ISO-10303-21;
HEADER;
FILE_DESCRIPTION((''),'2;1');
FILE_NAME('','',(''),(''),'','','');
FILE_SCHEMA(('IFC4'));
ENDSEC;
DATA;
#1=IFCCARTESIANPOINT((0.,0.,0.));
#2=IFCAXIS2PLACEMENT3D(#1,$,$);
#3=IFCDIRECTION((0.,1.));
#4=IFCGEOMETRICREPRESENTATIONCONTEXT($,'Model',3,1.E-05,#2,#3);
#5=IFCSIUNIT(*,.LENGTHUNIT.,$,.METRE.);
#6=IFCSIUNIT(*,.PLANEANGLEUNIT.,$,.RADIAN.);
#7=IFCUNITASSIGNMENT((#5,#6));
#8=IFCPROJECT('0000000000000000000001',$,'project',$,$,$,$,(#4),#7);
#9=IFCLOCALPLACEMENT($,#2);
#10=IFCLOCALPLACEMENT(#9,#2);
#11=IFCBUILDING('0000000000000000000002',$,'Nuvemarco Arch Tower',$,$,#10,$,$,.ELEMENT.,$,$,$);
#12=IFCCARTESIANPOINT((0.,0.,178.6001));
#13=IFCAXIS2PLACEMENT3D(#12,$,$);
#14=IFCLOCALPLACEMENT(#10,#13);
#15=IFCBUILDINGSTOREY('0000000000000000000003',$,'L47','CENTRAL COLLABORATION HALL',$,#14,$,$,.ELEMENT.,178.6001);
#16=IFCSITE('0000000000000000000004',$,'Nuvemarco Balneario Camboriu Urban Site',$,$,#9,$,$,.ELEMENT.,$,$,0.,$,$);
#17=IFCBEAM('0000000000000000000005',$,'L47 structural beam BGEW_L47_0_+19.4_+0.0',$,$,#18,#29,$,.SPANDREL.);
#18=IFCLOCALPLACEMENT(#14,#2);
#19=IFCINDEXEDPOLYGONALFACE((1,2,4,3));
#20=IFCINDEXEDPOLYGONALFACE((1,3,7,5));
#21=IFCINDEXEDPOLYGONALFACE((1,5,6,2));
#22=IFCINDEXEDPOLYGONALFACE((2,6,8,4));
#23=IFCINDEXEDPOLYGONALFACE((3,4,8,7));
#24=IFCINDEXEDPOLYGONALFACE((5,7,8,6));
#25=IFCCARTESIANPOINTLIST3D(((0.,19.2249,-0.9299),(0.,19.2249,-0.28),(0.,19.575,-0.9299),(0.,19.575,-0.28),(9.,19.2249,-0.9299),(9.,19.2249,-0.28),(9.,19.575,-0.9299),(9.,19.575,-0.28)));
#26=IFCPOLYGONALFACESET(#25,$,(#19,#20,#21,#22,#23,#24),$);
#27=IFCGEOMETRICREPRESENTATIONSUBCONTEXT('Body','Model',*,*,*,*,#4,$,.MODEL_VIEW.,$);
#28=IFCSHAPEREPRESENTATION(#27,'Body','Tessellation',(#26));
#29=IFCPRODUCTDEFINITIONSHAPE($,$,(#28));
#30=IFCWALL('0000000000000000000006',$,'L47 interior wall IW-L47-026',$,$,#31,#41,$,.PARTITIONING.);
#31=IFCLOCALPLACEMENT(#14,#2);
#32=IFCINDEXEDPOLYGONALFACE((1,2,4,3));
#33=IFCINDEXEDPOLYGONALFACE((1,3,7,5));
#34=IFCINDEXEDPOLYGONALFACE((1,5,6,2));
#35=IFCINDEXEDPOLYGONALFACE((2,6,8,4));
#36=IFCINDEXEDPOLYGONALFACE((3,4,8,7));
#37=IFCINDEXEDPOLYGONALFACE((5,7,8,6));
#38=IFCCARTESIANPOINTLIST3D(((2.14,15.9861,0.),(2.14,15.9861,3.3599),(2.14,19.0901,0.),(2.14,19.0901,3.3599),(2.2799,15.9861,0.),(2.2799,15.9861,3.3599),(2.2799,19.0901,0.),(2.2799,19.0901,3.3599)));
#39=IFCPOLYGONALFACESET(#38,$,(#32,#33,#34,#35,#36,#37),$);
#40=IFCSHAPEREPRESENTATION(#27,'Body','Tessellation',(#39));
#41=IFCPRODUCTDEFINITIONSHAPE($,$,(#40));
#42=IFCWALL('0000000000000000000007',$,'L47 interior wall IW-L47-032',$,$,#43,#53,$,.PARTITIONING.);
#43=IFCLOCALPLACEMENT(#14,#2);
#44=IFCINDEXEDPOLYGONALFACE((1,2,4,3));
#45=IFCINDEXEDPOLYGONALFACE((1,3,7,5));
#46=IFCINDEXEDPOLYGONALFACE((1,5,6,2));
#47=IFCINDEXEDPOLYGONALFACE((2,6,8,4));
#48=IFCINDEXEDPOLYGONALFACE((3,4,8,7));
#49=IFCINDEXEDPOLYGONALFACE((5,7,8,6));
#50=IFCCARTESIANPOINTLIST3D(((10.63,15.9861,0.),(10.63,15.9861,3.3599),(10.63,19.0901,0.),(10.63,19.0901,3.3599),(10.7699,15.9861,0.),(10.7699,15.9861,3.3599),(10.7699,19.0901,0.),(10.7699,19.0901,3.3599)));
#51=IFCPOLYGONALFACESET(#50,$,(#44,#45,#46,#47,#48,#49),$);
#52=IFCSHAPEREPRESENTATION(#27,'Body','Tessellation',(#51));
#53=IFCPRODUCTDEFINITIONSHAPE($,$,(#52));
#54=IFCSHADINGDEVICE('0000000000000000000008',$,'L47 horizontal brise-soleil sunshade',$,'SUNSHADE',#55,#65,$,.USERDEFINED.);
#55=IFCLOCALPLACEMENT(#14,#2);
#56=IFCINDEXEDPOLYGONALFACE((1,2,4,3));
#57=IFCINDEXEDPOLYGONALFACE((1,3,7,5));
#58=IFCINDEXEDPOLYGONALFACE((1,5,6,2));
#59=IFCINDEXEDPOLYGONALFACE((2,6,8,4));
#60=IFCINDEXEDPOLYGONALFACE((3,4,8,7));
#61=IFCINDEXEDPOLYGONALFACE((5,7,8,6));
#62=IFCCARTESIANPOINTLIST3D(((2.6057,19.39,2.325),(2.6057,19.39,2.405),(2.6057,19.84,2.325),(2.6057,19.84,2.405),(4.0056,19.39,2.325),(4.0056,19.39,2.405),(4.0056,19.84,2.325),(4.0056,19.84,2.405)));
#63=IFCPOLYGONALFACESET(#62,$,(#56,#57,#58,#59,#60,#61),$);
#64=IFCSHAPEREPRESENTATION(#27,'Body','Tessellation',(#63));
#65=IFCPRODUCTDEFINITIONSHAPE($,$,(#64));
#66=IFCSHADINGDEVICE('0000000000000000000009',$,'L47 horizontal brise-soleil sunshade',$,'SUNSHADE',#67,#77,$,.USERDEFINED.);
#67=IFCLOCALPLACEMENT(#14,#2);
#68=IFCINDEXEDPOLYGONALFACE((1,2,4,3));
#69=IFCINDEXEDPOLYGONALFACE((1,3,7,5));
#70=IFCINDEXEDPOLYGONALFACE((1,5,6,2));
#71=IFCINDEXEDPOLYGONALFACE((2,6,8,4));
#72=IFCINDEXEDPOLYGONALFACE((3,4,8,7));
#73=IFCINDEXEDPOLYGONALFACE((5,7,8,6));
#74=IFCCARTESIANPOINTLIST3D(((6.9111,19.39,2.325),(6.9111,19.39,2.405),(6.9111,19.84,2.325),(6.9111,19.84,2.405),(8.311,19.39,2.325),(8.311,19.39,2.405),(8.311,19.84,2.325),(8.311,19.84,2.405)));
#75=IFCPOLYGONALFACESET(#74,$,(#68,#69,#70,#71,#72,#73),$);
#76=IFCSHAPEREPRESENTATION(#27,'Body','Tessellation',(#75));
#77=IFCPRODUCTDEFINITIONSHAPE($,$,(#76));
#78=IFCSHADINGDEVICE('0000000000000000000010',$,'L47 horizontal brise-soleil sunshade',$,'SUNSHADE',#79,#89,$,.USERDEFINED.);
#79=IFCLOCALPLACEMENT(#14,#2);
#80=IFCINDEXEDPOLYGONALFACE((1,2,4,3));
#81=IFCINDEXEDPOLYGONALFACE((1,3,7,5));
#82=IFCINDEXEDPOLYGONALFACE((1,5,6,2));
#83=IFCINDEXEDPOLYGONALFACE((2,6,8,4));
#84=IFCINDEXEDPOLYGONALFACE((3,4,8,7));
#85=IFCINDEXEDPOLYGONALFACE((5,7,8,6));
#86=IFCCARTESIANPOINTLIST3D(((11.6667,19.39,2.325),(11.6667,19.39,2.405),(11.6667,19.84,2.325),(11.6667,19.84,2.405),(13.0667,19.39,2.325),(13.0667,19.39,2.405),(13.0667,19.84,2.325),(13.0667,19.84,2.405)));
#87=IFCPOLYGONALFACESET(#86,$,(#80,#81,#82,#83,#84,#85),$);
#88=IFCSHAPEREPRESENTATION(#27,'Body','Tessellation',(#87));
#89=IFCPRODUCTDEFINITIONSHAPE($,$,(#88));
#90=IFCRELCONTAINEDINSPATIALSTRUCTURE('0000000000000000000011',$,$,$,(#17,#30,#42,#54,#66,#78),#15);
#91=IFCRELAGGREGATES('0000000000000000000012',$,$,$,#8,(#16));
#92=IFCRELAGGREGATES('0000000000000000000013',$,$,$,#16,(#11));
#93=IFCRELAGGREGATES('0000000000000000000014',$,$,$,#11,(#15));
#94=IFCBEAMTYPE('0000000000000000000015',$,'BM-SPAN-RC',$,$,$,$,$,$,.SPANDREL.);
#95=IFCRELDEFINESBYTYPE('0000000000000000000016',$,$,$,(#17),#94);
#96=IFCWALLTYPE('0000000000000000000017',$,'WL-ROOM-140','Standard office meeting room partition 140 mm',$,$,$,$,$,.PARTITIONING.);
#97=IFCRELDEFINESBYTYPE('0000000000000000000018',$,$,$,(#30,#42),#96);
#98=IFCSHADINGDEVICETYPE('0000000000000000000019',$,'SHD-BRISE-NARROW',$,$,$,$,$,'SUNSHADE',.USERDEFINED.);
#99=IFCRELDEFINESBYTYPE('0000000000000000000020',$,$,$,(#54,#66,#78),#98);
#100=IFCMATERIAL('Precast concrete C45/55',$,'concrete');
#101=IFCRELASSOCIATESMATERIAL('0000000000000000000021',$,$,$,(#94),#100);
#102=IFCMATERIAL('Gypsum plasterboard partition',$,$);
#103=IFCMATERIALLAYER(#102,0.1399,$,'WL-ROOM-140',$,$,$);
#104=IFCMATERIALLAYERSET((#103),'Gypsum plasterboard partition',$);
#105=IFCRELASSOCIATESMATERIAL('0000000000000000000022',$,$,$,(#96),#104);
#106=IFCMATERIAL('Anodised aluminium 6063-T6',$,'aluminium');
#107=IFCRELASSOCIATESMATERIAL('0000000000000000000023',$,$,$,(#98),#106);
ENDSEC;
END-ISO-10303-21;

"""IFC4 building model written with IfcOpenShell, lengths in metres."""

from ifc_helpers import new_model, si_unit, direction, frame, frame_2d, origin, origin_2d, place, context, subcontext, project, spatial, rectangle, extrude, source, transform, mapped, material, layer, layer_set, material_profile, profile_set, type_object, type_shapes, element, save


model = new_model("IFC4")

# Units and contexts
model_context = context("Model", 3, precision=1e-05, world=origin(), true_north=direction((0.0, 1.0)))
body_context = subcontext(model_context, "Body", "Model", "MODEL_VIEW")
ifc_project = project(units=[si_unit("LENGTHUNIT", "METRE"), si_unit("PLANEANGLEUNIT", "RADIAN")], contexts=[model_context])

# Site, building, storey
site_placement = place(None, origin())
site = spatial("IfcSite", under=ifc_project, at=site_placement, Name="Nuvemarco Balneario Camboriu Urban Site", CompositionType="ELEMENT", RefElevation=0.0)
building_placement = place(site_placement, origin())
building = spatial("IfcBuilding", under=site, at=building_placement, Name="Nuvemarco Arch Tower", CompositionType="ELEMENT")
storey_placement = place(building_placement, frame((0.0, 0.0, 178.6001)))
storey = spatial("IfcBuildingStorey", under=building, at=storey_placement, Name="L47", Description="CENTRAL COLLABORATION HALL", CompositionType="ELEMENT", Elevation=178.6001)

# Beam
ifc_material_1 = material(Name="Precast concrete C45/55", Category="concrete")
ifc_material_profile_1 = material_profile(ifc_material_1, rectangle(XDim=0.3501, YDim=0.6499, at=origin_2d()), Name="PC-SP-350x650")
ifc_profile_set_1 = profile_set([ifc_material_profile_1], Name="Precast concrete C45/55")
beam_type_1 = type_object("IfcBeamType", Name="BM-SPAN-RC", PredefinedType="SPANDREL", material=ifc_profile_set_1)
beam_1_placement = place(storey_placement, frame((0.0, 19.3999, -0.605), z_axis=(1.0, 0.0, 0.0), x_axis=(0.0, 1.0, 0.0)))
element("IfcBeam", 1, at=beam_1_placement, inside=storey, type_object=beam_type_1, Name="L47 structural beam BGEW_L47_0_+19.4_+0.0", PredefinedType="SPANDREL", context=body_context, shape_type="SweptSolid", body=[
    extrude(rectangle(XDim=0.3501, YDim=0.6499, at=origin_2d()), origin(), (0.0, 0.0, 1.0), 9.0),
])

# Walls
ifc_material_2 = material(Name="Gypsum plasterboard partition")
ifc_layer = layer(ifc_material_2, 0.1399, Name="WL-ROOM-140")
ifc_layer_set = layer_set([ifc_layer], Name="Gypsum plasterboard partition")
wall_type = type_object("IfcWallType", Name="WL-ROOM-140", Description="Standard office meeting room partition 140 mm", PredefinedType="PARTITIONING", material=ifc_layer_set)
for number, where, z_axis, x_axis, name in (
    (2, (2.21, 15.9861, 0.0), (0.0, 0.0, 1.0), (0.0, 1.0, 0.0), "L47 interior wall IW-L47-026"),
    (3, (10.7, 15.9861, 0.0), (0.0, 0.0, 1.0), (0.0, 1.0, 0.0), "L47 interior wall IW-L47-032"),
):
    element("IfcWall", number, at=place(storey_placement, frame(where, z_axis=z_axis, x_axis=x_axis)), inside=storey, type_object=wall_type, Name=name, PredefinedType="PARTITIONING", context=body_context, shape_type="SweptSolid", body=[
        extrude(rectangle(XDim=3.104, YDim=0.1399, at=frame_2d((1.552, 0.0))), origin(), (0.0, 0.0, 1.0), 3.3599),
    ])

# Shading devices
ifc_material_3 = material(Name="Anodised aluminium 6063-T6", Category="aluminium")
shading_device_type = type_object("IfcShadingDeviceType", Name="SHD-BRISE-NARROW", ElementType="SUNSHADE", PredefinedType="USERDEFINED", material=ifc_material_3)
shared_shape = source(origin(), body_context, "Body", "SweptSolid", [
    extrude(rectangle(XDim=1.3999, YDim=0.45, at=origin_2d()), origin(), (0.0, 0.0, 1.0), 0.0801),
])
type_shapes(shading_device_type, [shared_shape])
for number, where, z_axis, x_axis, name in (
    (4, (3.3057, 19.615, 2.325), (0.0, 0.0, 1.0), (1.0, 0.0, 0.0), "L47 horizontal brise-soleil sunshade"),
    (5, (7.6111, 19.615, 2.325), (0.0, 0.0, 1.0), (1.0, 0.0, 0.0), "L47 horizontal brise-soleil sunshade"),
    (6, (12.3667, 19.615, 2.325), (0.0, 0.0, 1.0), (1.0, 0.0, 0.0), "L47 horizontal brise-soleil sunshade"),
):
    element("IfcShadingDevice", number, at=place(storey_placement, frame(where, z_axis=z_axis, x_axis=x_axis)), inside=storey, type_object=shading_device_type, Name=name, ObjectType="SUNSHADE", PredefinedType="USERDEFINED", context=body_context, shape_type="MappedRepresentation", body=[
        mapped(shared_shape, transform((0.0, 0.0, 0.0), scale=1.0)),
    ])

save(model, "model.ifc")
